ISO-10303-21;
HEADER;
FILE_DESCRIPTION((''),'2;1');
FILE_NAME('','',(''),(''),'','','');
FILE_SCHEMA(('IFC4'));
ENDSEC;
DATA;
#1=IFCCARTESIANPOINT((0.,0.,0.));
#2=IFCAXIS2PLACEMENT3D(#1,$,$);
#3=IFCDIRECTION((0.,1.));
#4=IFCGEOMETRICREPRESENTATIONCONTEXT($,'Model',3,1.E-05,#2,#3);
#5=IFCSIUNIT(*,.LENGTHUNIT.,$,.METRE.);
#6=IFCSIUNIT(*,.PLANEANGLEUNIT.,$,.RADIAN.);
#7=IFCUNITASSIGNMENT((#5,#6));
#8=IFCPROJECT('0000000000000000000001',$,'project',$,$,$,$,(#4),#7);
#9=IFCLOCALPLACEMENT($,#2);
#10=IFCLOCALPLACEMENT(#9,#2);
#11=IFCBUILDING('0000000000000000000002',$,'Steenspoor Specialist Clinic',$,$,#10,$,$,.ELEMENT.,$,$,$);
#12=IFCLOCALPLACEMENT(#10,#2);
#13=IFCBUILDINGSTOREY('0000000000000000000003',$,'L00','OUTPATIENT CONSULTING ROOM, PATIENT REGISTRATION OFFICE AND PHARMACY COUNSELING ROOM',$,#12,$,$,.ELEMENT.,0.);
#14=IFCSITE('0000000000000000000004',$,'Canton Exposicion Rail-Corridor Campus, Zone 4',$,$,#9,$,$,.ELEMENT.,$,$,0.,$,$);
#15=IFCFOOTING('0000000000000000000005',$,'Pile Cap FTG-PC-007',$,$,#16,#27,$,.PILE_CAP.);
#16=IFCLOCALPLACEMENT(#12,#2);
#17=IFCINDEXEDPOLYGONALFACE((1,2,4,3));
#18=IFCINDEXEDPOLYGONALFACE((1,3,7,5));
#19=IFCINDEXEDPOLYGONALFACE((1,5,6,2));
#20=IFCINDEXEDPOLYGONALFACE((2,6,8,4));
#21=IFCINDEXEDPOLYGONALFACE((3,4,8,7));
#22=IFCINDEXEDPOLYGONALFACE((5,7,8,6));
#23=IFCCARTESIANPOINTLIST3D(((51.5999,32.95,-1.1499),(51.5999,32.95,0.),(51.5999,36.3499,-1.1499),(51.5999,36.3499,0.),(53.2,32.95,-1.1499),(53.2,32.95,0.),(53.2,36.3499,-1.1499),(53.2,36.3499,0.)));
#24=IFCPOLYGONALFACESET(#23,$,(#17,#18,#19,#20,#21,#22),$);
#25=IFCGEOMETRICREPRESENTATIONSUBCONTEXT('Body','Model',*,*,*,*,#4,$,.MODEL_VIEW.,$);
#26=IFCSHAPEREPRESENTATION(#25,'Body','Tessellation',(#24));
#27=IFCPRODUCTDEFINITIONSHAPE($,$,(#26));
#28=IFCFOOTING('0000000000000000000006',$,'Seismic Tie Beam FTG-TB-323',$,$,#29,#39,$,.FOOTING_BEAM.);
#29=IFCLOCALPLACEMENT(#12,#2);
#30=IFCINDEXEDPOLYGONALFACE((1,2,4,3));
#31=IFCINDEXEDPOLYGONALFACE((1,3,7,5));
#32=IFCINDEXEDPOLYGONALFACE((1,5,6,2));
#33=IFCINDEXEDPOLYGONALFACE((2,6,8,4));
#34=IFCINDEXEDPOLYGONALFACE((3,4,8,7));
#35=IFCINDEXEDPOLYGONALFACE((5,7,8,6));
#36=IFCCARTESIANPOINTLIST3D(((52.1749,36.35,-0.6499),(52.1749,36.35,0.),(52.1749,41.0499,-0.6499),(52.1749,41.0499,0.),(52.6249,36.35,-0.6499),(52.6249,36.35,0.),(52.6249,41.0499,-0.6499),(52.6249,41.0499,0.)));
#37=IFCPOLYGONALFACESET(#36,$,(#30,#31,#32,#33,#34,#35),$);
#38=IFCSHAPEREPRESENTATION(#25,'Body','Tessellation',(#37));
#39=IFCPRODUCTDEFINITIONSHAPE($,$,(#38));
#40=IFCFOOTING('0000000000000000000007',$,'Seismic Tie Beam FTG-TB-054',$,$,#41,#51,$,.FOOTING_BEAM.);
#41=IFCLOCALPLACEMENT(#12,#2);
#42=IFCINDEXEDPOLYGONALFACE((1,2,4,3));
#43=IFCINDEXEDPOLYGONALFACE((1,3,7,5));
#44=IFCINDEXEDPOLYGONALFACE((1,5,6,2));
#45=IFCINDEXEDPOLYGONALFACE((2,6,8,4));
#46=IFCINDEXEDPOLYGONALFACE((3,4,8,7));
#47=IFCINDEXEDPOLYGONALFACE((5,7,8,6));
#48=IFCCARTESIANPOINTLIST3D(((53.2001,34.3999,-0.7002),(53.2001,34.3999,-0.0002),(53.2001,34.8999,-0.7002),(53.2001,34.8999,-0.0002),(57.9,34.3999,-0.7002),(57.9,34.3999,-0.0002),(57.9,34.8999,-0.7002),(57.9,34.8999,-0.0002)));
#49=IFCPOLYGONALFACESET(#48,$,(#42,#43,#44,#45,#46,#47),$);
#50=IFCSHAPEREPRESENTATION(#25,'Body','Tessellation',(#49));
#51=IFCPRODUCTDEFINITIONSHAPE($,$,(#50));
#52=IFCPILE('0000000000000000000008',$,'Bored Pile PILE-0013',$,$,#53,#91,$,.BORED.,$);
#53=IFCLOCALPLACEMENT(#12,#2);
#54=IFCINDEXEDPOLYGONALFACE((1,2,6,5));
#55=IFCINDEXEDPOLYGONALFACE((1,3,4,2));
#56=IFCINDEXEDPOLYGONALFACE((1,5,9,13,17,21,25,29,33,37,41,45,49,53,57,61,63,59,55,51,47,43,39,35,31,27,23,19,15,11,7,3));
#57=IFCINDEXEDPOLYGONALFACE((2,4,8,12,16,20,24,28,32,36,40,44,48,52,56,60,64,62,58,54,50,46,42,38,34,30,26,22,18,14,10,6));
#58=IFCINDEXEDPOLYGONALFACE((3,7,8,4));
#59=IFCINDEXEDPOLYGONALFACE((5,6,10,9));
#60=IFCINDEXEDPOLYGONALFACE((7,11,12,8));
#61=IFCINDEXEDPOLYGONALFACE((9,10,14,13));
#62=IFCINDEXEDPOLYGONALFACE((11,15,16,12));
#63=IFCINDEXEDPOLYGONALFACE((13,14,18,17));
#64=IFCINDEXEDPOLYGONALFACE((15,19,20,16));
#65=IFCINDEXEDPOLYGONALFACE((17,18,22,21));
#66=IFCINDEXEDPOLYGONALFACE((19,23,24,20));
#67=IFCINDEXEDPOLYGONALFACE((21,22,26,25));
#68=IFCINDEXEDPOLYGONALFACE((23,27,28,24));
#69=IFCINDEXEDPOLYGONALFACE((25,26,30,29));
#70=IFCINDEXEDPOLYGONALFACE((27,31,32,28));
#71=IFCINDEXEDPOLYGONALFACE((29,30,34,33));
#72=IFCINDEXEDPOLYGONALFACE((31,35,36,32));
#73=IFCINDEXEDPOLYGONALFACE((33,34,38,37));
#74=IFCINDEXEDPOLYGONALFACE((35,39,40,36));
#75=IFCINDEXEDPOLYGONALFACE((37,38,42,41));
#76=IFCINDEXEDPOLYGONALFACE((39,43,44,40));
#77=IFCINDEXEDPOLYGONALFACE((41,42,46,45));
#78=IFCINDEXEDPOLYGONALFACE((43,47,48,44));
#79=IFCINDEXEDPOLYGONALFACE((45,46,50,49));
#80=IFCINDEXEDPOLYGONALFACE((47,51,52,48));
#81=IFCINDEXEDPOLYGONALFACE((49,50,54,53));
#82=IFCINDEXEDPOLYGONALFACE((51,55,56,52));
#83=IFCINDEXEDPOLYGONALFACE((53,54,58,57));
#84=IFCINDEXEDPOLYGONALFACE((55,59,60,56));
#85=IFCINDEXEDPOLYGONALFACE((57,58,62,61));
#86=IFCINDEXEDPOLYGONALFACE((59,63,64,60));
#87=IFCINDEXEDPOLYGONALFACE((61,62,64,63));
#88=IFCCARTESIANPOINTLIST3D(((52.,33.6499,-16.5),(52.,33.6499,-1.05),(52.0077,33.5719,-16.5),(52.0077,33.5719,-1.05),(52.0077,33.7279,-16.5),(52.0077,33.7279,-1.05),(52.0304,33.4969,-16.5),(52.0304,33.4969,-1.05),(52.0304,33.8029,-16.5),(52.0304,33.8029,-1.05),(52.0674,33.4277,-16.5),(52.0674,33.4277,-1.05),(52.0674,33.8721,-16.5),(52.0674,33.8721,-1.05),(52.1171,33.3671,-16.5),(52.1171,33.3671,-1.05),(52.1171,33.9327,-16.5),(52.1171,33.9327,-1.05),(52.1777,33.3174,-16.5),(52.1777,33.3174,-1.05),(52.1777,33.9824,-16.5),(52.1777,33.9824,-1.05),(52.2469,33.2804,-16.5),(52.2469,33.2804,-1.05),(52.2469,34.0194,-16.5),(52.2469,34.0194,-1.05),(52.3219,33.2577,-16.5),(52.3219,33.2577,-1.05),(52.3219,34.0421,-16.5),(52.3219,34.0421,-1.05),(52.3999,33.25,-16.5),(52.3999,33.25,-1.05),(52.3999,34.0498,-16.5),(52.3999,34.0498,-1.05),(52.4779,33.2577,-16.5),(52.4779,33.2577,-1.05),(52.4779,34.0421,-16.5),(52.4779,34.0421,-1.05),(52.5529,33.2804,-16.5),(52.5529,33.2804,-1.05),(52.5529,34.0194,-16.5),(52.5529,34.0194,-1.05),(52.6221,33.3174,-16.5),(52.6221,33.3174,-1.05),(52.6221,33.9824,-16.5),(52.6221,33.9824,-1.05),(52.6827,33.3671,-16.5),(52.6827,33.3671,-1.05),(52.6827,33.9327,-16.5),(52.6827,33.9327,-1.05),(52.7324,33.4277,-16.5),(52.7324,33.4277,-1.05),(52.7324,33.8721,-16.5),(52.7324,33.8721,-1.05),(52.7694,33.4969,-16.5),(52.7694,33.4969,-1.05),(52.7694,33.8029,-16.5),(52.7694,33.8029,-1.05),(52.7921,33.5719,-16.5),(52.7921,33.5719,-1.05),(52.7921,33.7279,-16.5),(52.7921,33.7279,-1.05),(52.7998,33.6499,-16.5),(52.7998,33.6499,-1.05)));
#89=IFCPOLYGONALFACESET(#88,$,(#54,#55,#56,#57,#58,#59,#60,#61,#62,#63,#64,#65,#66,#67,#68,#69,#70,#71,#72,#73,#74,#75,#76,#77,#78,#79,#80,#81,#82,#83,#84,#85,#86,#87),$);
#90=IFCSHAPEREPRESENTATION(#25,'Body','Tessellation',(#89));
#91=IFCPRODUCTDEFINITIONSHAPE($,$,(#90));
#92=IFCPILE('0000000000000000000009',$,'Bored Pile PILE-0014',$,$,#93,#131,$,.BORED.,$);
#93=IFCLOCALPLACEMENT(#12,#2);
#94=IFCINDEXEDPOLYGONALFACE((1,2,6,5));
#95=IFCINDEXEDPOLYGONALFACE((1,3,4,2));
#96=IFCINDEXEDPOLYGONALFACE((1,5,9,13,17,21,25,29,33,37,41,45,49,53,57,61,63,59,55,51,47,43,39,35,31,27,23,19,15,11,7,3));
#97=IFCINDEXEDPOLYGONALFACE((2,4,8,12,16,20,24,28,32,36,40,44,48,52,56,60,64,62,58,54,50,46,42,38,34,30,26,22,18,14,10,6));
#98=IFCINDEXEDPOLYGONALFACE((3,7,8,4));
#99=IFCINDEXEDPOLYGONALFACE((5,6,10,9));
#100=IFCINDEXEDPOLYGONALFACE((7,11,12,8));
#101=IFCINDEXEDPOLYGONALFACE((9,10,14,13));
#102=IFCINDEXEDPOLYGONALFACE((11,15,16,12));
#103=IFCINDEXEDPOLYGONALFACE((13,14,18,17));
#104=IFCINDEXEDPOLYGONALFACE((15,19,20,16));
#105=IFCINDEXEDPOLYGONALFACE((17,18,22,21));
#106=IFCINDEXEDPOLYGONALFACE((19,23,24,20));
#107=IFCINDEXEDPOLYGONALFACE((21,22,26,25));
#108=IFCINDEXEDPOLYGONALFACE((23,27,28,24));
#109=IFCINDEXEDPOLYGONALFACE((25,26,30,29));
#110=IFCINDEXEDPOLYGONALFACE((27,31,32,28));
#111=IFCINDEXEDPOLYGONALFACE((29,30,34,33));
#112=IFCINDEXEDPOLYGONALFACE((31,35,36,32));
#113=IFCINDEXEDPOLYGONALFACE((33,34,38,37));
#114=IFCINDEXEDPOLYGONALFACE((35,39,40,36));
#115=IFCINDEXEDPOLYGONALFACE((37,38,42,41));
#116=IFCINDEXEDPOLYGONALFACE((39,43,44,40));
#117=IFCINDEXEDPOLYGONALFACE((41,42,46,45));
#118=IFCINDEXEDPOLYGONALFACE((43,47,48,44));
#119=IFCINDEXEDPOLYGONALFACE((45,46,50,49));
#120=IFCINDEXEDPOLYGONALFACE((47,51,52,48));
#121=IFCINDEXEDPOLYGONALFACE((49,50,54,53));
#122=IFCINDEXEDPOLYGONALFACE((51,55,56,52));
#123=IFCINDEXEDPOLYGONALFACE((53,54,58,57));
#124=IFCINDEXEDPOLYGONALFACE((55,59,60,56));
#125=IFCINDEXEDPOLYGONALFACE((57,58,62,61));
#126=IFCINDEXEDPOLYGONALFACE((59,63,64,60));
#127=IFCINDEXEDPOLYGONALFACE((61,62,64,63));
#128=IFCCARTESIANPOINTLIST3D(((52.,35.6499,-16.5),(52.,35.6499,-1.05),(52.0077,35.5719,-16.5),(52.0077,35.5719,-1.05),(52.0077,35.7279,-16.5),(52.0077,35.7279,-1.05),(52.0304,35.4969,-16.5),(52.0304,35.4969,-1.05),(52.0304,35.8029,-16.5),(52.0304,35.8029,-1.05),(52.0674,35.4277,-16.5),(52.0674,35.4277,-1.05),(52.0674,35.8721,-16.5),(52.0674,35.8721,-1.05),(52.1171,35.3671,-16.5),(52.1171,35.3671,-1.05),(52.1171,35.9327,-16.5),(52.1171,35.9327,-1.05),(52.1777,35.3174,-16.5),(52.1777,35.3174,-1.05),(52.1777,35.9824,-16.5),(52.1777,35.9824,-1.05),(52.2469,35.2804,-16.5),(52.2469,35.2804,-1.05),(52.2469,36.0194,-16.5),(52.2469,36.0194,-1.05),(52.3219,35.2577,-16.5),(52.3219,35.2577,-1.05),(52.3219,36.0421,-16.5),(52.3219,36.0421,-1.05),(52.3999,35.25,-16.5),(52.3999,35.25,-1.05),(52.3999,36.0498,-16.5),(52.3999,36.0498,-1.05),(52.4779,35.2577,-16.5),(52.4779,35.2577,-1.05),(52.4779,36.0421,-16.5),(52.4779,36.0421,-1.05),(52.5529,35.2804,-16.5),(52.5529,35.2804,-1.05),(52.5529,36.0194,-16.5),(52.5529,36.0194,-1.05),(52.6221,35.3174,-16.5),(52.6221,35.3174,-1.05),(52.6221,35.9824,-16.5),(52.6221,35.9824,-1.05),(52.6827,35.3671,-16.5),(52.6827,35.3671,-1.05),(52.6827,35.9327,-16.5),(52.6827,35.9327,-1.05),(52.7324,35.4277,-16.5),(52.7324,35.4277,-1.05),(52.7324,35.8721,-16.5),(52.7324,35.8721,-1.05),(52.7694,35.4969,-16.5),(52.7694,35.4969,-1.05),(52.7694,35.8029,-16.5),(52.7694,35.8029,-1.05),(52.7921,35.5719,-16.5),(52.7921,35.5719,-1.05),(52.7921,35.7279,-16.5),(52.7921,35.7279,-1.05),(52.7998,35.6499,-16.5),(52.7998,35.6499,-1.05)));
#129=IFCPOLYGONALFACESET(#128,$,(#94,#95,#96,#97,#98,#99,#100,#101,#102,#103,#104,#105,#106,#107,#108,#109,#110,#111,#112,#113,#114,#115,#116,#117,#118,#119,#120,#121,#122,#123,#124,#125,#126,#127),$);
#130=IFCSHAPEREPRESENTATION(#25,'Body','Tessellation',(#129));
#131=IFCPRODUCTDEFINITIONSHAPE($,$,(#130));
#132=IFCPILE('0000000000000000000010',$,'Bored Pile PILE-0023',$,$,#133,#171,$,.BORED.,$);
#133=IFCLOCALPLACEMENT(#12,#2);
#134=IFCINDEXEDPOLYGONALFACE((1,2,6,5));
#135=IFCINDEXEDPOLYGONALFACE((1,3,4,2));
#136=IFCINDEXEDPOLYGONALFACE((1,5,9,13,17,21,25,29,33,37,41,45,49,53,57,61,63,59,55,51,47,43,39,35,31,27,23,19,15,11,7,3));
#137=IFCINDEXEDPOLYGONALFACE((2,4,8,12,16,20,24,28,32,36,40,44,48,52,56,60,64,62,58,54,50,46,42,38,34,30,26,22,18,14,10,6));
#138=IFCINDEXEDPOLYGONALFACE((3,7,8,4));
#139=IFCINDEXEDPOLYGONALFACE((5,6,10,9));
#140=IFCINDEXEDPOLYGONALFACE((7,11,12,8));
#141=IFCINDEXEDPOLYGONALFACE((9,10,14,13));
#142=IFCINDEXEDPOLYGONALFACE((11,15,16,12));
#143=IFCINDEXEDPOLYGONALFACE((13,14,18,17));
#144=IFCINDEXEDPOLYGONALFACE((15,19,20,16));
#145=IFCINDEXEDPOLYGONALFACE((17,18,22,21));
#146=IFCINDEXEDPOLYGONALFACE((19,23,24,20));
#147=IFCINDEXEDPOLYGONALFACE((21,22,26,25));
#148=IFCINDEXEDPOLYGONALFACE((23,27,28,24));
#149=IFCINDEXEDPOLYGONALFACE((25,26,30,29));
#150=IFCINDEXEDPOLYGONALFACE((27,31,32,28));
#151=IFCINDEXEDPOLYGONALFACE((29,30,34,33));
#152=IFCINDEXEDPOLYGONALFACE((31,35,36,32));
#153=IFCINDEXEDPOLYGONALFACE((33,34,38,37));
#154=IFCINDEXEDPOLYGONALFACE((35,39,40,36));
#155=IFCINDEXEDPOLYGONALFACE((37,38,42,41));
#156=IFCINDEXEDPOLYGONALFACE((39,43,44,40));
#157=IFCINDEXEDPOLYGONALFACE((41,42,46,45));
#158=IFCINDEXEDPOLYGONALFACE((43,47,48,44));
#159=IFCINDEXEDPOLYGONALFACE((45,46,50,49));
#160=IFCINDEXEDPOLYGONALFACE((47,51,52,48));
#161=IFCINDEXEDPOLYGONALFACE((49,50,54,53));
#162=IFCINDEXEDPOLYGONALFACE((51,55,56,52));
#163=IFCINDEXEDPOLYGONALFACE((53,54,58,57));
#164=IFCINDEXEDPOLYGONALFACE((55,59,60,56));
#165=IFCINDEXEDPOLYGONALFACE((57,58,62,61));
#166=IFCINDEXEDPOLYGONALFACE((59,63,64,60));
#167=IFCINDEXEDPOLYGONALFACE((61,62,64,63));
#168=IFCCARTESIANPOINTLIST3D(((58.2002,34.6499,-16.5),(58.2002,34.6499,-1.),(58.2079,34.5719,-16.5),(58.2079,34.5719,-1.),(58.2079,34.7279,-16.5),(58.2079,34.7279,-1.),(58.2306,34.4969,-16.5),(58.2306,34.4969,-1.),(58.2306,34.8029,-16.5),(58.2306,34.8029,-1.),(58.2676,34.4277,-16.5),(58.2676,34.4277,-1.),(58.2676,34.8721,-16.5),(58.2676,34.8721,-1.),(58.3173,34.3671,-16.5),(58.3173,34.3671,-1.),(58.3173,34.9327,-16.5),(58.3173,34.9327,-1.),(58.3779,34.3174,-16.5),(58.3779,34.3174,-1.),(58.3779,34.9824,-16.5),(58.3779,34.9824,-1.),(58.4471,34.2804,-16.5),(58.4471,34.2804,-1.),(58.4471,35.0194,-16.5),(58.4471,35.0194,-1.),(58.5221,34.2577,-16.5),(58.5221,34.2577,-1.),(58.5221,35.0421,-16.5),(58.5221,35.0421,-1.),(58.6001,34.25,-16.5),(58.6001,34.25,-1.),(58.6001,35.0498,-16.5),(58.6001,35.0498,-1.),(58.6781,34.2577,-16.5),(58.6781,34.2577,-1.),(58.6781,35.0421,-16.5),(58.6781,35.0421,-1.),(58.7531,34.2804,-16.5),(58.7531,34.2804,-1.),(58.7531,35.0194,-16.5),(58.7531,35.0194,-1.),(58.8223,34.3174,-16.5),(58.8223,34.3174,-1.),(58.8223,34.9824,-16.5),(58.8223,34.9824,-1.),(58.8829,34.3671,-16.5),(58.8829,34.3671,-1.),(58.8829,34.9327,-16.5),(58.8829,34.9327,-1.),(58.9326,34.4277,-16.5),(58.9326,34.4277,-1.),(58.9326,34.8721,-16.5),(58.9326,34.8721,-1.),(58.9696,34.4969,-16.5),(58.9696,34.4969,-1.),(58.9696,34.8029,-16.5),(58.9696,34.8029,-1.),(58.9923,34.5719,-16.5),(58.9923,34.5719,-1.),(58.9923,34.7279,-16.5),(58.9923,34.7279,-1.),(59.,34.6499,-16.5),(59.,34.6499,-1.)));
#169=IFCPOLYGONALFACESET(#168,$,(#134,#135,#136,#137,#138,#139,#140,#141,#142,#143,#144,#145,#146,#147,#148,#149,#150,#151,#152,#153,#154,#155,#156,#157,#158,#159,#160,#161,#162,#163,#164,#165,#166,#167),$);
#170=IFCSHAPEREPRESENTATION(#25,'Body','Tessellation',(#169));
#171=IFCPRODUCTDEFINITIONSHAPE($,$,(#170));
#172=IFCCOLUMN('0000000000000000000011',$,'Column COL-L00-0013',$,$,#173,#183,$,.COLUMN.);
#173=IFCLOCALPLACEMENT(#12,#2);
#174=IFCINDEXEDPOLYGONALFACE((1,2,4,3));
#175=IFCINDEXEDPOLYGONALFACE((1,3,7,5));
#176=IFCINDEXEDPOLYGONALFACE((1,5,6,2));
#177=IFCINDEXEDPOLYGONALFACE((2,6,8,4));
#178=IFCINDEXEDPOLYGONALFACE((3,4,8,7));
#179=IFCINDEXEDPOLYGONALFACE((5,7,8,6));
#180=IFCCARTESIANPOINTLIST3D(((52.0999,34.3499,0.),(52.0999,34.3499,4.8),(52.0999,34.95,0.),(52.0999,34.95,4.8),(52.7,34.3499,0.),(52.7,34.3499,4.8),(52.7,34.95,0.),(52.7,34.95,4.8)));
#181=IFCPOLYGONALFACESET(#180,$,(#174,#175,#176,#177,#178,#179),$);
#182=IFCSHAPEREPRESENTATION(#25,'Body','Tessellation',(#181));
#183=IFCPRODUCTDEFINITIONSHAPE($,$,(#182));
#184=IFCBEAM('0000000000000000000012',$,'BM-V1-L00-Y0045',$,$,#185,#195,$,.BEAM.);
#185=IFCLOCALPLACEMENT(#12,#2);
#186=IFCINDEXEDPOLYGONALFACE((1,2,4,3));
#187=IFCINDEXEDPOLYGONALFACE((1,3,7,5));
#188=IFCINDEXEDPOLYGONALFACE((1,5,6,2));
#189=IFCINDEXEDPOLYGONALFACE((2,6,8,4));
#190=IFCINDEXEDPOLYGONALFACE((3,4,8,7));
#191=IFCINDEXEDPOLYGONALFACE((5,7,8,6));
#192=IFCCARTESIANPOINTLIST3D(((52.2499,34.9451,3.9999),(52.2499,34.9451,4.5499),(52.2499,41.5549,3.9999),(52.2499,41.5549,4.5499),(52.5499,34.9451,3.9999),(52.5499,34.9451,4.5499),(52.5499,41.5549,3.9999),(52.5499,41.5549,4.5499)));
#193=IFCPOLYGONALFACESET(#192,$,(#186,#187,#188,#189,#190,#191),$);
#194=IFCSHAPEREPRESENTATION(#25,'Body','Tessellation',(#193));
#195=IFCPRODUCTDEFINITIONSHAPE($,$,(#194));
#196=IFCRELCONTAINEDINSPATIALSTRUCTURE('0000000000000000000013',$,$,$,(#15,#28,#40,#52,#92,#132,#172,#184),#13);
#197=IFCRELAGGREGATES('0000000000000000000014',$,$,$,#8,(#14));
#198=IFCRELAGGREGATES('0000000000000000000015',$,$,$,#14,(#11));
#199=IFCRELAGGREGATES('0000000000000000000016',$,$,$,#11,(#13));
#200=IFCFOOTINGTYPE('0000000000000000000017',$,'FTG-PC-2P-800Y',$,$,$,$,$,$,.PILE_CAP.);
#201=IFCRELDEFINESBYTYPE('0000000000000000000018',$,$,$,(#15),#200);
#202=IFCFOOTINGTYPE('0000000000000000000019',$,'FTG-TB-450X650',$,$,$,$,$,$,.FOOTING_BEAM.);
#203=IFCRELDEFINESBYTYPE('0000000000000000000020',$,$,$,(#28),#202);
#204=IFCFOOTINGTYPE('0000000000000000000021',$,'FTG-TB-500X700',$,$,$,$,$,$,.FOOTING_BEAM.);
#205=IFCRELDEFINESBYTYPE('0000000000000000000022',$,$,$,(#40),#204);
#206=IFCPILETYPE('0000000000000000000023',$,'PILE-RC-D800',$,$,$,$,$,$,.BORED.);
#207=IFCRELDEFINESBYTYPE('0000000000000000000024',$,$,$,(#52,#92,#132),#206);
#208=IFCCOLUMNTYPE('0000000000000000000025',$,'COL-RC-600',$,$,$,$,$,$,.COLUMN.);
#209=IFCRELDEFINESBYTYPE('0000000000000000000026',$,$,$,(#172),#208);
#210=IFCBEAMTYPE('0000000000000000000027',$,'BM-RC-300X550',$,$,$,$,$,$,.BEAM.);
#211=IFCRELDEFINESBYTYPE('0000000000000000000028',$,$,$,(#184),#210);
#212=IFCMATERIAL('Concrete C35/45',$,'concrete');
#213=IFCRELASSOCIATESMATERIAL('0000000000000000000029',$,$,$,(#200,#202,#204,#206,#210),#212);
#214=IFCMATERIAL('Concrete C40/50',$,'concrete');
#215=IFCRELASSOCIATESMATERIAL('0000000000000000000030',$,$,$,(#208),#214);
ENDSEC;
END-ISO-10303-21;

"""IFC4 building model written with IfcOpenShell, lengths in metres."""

from ifc_helpers import new_model, si_unit, direction, frame, origin, origin_2d, place, context, subcontext, project, spatial, rectangle, circle, extrude, material, material_profile, profile_set, type_object, element, save


model = new_model("IFC4")

# Units and contexts
model_context = context("Model", 3, precision=1e-05, world=origin(), true_north=direction((0.0, 1.0)))
body_context = subcontext(model_context, "Body", "Model", "MODEL_VIEW")
ifc_project = project(units=[si_unit("LENGTHUNIT", "METRE"), si_unit("PLANEANGLEUNIT", "RADIAN")], contexts=[model_context])

# Site, building, storey
site_placement = place(None, origin())
site = spatial("IfcSite", under=ifc_project, at=site_placement, Name="Canton Exposicion Rail-Corridor Campus, Zone 4", CompositionType="ELEMENT", RefElevation=0.0)
building_placement = place(site_placement, origin())
building = spatial("IfcBuilding", under=site, at=building_placement, Name="Steenspoor Specialist Clinic", CompositionType="ELEMENT")
storey_placement = place(building_placement, origin())
storey = spatial("IfcBuildingStorey", under=building, at=storey_placement, Name="L00", Description="OUTPATIENT CONSULTING ROOM, PATIENT REGISTRATION OFFICE AND PHARMACY COUNSELING ROOM", CompositionType="ELEMENT", Elevation=0.0)

# Footings
ifc_material_1 = material(Name="Concrete C35/45", Category="concrete")
footing_type_1 = type_object("IfcFootingType", Name="FTG-PC-2P-800Y", PredefinedType="PILE_CAP", material=ifc_material_1)
footing_1_placement = place(storey_placement, frame((52.3999, 34.6499, -1.1499), z_axis=(0.0, 0.0, 1.0), x_axis=(1.0, 0.0, 0.0)))
element("IfcFooting", 1, at=footing_1_placement, inside=storey, type_object=footing_type_1, Name="Pile Cap FTG-PC-007", PredefinedType="PILE_CAP", context=body_context, shape_type="SweptSolid", body=[
    extrude(rectangle(XDim=1.6001, YDim=3.3999, at=origin_2d()), origin(), (0.0, 0.0, 1.0), 1.1499),
])
footing_type_2 = type_object("IfcFootingType", Name="FTG-TB-450X650", PredefinedType="FOOTING_BEAM", material=ifc_material_1)
footing_2_placement = place(storey_placement, frame((52.3999, 38.7, -0.6499), z_axis=(0.0, 0.0, 1.0), x_axis=(1.0, 0.0, 0.0)))
element("IfcFooting", 2, at=footing_2_placement, inside=storey, type_object=footing_type_2, Name="Seismic Tie Beam FTG-TB-323", PredefinedType="FOOTING_BEAM", context=body_context, shape_type="SweptSolid", body=[
    extrude(rectangle(XDim=0.45, YDim=4.7, at=origin_2d()), origin(), (0.0, 0.0, 1.0), 0.6499),
])
footing_type_3 = type_object("IfcFootingType", Name="FTG-TB-500X700", PredefinedType="FOOTING_BEAM", material=ifc_material_1)
footing_3_placement = place(storey_placement, frame((55.55, 34.6499, -0.7002), z_axis=(0.0, 0.0, 1.0), x_axis=(1.0, 0.0, 0.0)))
element("IfcFooting", 3, at=footing_3_placement, inside=storey, type_object=footing_type_3, Name="Seismic Tie Beam FTG-TB-054", PredefinedType="FOOTING_BEAM", context=body_context, shape_type="SweptSolid", body=[
    extrude(rectangle(XDim=4.7, YDim=0.5, at=origin_2d()), origin(), (0.0, 0.0, 1.0), 0.7),
])

# Piles
ifc_material_profile_1 = material_profile(ifc_material_1, circle(Radius=0.3999, at=origin_2d()), Name="PILE-D800")
ifc_profile_set_1 = profile_set([ifc_material_profile_1], Name="Concrete C35/45")
pile_type = type_object("IfcPileType", Name="PILE-RC-D800", PredefinedType="BORED", material=ifc_profile_set_1)
for number, where, z_axis, x_axis, name in (
    (4, (52.3999, 33.6499, -1.05), (0.0, 0.0, -1.0), (1.0, 0.0, 0.0), "Bored Pile PILE-0013"),
    (5, (52.3999, 35.6499, -1.05), (0.0, 0.0, -1.0), (1.0, 0.0, 0.0), "Bored Pile PILE-0014"),
):
    element("IfcPile", number, at=place(storey_placement, frame(where, z_axis=z_axis, x_axis=x_axis)), inside=storey, type_object=pile_type, Name=name, PredefinedType="BORED", context=body_context, shape_type="SweptSolid", body=[
        extrude(circle(Radius=0.3999, at=origin_2d()), origin(), (0.0, 0.0, 1.0), 15.45),
    ])
pile_placement = place(storey_placement, frame((58.6001, 34.6499, -1.0), z_axis=(0.0, 0.0, -1.0), x_axis=(1.0, 0.0, 0.0)))
element("IfcPile", 6, at=pile_placement, inside=storey, type_object=pile_type, Name="Bored Pile PILE-0023", PredefinedType="BORED", context=body_context, shape_type="SweptSolid", body=[
    extrude(circle(Radius=0.3999, at=origin_2d()), origin(), (0.0, 0.0, 1.0), 15.5),
])

# Column
ifc_material_2 = material(Name="Concrete C40/50", Category="concrete")
ifc_material_profile_2 = material_profile(ifc_material_2, rectangle(XDim=0.6001, YDim=0.6001, at=origin_2d()), Name="RC-COL-600X600")
ifc_profile_set_2 = profile_set([ifc_material_profile_2], Name="Concrete C40/50")
column_type = type_object("IfcColumnType", Name="COL-RC-600", PredefinedType="COLUMN", material=ifc_profile_set_2)
column_placement = place(storey_placement, frame((52.3999, 34.6499, 0.0), z_axis=(0.0, 0.0, 1.0), x_axis=(1.0, 0.0, 0.0)))
element("IfcColumn", 7, at=column_placement, inside=storey, type_object=column_type, Name="Column COL-L00-0013", PredefinedType="COLUMN", context=body_context, shape_type="SweptSolid", body=[
    extrude(rectangle(XDim=0.6001, YDim=0.6001, at=origin_2d()), origin(), (0.0, 0.0, 1.0), 4.8),
])

# Beam
ifc_material_profile_3 = material_profile(ifc_material_1, rectangle(XDim=0.3, YDim=0.55, at=origin_2d()), Name="RC-BM-300X550")
ifc_profile_set_3 = profile_set([ifc_material_profile_3], Name="Concrete C35/45")
beam_type_1 = type_object("IfcBeamType", Name="BM-RC-300X550", PredefinedType="BEAM", material=ifc_profile_set_3)
beam_1_placement = place(storey_placement, frame((52.3999, 34.9451, 4.2749), z_axis=(0.0, 1.0, 0.0), x_axis=(-1.0, 0.0, 0.0)))
element("IfcBeam", 8, at=beam_1_placement, inside=storey, type_object=beam_type_1, Name="BM-V1-L00-Y0045", PredefinedType="BEAM", context=body_context, shape_type="SweptSolid", body=[
    extrude(rectangle(XDim=0.3, YDim=0.55, at=origin_2d()), origin(), (0.0, 0.0, 1.0), 6.6099),
])

save(model, "model.ifc")
